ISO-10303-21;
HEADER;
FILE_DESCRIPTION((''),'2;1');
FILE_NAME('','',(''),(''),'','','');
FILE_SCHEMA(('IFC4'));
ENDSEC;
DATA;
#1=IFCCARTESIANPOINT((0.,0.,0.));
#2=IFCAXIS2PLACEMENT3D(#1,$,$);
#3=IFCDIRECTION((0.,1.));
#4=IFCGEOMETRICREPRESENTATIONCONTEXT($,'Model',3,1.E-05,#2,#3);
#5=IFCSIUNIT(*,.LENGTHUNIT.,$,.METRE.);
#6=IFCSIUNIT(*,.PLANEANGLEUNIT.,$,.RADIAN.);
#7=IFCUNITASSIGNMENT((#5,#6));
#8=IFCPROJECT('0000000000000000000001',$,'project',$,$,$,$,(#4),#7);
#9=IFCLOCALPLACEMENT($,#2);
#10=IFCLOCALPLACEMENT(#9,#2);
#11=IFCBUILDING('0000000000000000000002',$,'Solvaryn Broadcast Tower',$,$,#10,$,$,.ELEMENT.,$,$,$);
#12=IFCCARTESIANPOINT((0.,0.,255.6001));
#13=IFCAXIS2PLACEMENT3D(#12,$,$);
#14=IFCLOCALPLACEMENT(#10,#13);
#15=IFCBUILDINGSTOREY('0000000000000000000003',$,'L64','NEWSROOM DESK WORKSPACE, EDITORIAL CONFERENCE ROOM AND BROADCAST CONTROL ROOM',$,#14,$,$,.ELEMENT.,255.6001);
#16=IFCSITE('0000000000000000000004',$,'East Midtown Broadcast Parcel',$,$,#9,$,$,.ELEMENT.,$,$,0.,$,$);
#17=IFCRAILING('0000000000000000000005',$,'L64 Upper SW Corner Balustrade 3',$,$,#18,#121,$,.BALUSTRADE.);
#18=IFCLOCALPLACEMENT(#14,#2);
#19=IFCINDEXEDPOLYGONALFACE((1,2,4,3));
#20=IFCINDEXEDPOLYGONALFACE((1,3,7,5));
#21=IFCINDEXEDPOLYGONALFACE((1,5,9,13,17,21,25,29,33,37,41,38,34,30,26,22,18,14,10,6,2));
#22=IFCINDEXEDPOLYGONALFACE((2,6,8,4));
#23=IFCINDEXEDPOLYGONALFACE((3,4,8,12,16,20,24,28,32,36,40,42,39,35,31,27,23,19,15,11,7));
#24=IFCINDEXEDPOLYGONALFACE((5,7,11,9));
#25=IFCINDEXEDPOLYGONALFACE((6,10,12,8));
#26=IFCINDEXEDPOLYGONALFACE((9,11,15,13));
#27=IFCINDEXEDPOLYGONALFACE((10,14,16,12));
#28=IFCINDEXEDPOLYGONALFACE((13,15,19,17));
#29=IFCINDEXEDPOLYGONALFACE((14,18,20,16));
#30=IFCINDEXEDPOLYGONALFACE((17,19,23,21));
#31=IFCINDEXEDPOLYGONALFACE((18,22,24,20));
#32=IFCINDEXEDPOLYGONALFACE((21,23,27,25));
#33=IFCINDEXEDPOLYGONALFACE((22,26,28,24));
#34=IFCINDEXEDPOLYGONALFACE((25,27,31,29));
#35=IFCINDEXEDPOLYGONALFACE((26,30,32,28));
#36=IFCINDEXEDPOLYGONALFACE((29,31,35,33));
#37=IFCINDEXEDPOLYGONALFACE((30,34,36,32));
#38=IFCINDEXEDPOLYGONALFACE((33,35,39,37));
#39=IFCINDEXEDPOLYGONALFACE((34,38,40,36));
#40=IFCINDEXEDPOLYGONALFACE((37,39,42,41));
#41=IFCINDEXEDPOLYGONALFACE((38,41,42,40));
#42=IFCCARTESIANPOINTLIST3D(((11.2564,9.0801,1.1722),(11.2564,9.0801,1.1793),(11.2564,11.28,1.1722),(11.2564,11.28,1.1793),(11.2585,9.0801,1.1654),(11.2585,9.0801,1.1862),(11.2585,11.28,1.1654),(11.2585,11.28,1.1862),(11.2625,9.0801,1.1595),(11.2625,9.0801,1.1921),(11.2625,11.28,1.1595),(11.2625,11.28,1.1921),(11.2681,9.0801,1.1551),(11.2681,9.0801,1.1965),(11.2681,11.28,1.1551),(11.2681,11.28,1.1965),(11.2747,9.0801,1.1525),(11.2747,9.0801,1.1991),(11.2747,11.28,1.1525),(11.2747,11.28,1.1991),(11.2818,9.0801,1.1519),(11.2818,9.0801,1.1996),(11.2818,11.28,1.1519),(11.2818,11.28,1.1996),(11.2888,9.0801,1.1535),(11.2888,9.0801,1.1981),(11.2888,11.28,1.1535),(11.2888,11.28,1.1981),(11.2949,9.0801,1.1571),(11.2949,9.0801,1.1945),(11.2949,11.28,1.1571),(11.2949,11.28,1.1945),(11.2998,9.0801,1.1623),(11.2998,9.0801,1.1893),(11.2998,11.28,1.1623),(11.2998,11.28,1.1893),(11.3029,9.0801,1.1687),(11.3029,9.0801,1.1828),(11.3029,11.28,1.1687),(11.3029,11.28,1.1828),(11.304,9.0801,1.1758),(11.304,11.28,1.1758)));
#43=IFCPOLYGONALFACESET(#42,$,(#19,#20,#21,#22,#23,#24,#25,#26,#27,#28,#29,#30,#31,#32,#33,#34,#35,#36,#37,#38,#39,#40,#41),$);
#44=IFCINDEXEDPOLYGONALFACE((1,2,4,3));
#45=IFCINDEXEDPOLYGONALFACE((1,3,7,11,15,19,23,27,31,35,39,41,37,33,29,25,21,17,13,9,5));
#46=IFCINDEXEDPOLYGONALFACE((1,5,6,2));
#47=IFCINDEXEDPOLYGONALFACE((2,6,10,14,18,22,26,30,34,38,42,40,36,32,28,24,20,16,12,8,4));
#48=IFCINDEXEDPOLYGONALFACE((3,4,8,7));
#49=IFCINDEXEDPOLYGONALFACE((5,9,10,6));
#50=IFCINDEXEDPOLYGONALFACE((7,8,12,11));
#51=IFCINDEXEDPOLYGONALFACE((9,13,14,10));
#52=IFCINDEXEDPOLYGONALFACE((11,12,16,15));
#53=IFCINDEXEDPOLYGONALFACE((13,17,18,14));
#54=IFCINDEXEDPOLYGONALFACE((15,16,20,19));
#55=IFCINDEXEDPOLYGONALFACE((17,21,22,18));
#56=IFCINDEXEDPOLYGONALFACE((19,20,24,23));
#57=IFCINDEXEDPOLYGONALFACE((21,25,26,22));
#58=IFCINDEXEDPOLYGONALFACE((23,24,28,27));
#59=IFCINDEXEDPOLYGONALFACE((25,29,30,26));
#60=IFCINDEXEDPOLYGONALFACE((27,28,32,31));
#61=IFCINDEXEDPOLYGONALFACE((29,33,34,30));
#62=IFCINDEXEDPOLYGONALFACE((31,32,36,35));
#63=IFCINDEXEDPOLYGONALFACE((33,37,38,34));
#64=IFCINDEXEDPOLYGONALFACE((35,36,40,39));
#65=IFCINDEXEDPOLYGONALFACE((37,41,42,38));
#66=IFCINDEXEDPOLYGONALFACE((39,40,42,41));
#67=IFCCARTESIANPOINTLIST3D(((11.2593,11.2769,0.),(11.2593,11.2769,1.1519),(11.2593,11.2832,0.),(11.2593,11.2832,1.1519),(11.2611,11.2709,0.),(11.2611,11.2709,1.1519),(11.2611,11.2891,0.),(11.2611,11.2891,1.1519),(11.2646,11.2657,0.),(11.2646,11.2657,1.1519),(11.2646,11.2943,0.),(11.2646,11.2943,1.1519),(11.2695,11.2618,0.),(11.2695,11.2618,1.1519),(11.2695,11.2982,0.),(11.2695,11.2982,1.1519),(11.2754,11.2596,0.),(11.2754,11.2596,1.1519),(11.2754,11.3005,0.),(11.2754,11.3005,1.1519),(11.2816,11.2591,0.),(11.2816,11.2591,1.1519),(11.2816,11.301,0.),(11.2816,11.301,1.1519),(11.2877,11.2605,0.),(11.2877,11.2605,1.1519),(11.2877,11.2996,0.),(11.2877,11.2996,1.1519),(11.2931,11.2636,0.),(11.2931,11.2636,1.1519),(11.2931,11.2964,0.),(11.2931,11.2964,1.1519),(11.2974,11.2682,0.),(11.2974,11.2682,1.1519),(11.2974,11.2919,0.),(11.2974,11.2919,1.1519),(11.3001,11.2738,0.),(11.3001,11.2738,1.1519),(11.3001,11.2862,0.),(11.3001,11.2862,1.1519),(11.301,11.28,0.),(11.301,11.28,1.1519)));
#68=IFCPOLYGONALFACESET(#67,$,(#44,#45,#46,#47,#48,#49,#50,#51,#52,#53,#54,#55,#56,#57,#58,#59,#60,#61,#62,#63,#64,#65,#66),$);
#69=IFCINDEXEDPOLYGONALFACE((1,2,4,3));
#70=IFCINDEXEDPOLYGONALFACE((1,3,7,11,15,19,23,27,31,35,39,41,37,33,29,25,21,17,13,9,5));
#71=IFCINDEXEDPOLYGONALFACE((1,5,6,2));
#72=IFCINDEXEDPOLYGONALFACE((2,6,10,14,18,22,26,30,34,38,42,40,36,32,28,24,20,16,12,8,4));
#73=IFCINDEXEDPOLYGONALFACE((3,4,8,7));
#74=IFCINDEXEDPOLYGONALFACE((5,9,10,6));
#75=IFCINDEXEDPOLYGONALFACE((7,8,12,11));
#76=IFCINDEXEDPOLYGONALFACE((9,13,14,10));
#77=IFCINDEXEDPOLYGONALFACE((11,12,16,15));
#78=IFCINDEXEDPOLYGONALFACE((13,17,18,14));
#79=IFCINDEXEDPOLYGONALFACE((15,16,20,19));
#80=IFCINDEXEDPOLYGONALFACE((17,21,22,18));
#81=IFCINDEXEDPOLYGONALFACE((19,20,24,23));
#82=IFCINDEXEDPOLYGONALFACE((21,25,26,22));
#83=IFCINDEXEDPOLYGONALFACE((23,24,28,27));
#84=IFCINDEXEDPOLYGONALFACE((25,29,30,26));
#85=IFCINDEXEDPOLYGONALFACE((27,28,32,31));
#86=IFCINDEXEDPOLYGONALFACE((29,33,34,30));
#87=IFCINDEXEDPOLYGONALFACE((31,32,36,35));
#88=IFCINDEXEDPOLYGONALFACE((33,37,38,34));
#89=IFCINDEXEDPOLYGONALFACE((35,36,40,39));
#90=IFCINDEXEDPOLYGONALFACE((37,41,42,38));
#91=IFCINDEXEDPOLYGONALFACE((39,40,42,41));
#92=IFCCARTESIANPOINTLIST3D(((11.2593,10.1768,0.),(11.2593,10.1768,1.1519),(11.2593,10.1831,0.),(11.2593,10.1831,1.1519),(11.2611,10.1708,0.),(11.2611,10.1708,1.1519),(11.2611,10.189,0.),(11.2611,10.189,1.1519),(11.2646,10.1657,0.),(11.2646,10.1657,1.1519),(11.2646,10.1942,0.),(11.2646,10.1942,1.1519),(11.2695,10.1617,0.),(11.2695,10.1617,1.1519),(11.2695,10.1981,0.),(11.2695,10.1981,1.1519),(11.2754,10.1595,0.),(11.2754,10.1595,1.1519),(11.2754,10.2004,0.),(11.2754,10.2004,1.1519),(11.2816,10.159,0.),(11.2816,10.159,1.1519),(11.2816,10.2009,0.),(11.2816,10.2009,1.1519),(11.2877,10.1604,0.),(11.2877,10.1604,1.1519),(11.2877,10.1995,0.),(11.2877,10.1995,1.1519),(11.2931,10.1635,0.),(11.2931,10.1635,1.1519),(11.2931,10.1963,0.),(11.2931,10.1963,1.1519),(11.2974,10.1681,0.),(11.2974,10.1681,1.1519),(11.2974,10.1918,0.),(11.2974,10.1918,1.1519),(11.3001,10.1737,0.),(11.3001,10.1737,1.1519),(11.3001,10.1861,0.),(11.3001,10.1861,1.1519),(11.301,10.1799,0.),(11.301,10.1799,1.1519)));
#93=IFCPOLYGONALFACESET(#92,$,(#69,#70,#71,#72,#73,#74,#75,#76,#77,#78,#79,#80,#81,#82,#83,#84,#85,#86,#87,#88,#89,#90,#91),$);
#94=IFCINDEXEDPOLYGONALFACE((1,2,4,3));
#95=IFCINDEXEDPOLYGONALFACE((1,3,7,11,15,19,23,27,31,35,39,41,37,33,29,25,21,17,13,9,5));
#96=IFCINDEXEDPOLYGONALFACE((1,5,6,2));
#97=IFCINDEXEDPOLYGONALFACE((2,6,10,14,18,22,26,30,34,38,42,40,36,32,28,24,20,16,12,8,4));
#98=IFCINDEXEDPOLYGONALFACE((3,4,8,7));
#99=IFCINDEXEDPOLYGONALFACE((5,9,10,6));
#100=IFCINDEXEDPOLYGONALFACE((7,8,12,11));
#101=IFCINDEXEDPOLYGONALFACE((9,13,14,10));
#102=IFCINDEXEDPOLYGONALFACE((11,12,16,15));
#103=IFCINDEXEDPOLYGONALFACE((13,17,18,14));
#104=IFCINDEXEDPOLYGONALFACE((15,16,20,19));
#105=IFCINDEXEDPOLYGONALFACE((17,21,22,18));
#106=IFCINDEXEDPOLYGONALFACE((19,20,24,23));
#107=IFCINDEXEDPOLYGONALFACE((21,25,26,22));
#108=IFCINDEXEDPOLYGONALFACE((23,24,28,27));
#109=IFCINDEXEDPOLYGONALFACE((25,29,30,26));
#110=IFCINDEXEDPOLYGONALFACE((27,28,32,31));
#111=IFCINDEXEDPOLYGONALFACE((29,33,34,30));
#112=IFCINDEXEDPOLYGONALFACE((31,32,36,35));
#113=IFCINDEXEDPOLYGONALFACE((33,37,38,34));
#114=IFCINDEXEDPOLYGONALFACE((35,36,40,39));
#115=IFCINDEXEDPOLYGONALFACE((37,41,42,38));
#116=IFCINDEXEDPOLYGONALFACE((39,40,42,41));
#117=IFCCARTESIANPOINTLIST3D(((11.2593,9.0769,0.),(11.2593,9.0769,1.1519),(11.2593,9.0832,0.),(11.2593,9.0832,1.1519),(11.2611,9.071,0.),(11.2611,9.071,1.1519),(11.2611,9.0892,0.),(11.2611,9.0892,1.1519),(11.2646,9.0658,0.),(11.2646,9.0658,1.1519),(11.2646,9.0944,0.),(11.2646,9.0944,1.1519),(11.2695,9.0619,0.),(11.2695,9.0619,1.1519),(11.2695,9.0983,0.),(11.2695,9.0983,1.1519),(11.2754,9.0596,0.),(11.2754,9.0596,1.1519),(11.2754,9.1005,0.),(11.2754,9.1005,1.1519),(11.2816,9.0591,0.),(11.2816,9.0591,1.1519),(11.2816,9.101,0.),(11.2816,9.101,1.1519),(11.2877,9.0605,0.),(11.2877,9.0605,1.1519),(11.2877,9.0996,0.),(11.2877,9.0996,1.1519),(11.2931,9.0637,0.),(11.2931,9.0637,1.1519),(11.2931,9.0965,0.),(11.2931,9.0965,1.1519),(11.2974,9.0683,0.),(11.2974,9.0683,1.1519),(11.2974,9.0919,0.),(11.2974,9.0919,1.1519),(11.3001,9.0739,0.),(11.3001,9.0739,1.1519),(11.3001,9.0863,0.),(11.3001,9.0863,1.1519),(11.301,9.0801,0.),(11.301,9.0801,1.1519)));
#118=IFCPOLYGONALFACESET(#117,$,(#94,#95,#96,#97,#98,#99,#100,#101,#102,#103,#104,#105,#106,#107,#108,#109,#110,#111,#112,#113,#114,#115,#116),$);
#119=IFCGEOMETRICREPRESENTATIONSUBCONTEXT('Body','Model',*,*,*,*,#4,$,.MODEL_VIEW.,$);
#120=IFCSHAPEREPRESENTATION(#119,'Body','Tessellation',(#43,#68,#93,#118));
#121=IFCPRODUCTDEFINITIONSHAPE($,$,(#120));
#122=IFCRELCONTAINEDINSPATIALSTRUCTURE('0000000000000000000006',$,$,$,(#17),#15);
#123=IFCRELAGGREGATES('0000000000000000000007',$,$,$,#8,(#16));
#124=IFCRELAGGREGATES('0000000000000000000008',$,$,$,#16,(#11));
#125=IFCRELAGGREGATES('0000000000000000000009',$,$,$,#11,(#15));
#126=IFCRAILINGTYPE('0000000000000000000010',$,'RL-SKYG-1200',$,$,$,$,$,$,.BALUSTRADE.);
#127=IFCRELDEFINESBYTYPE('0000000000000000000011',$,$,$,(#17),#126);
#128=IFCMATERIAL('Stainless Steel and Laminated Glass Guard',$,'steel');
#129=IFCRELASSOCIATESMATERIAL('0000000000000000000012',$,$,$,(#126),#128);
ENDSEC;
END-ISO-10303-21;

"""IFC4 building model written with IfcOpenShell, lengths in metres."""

from ifc_helpers import new_model, si_unit, direction, frame, origin, origin_2d, place, context, subcontext, project, spatial, circle, extrude, material, type_object, element, save


model = new_model("IFC4")

# Units and contexts
model_context = context("Model", 3, precision=1e-05, world=origin(), true_north=direction((0.0, 1.0)))
body_context = subcontext(model_context, "Body", "Model", "MODEL_VIEW")
ifc_project = project(units=[si_unit("LENGTHUNIT", "METRE"), si_unit("PLANEANGLEUNIT", "RADIAN")], contexts=[model_context])

# Site, building, storey
site_placement = place(None, origin())
site = spatial("IfcSite", under=ifc_project, at=site_placement, Name="East Midtown Broadcast Parcel", CompositionType="ELEMENT", RefElevation=0.0)
building_placement = place(site_placement, origin())
building = spatial("IfcBuilding", under=site, at=building_placement, Name="Solvaryn Broadcast Tower", CompositionType="ELEMENT")
storey_placement = place(building_placement, frame((0.0, 0.0, 255.6001)))
storey = spatial("IfcBuildingStorey", under=building, at=storey_placement, Name="L64", Description="NEWSROOM DESK WORKSPACE, EDITORIAL CONFERENCE ROOM AND BROADCAST CONTROL ROOM", CompositionType="ELEMENT", Elevation=255.6001)

# Railing
ifc_material_1 = material(Name="Stainless Steel and Laminated Glass Guard", Category="steel")
railing_type = type_object("IfcRailingType", Name="RL-SKYG-1200", PredefinedType="BALUSTRADE", material=ifc_material_1)
railing_1_placement = place(storey_placement, frame((11.28, 11.28, 0.0)))
element("IfcRailing", 1, at=railing_1_placement, inside=storey, type_object=railing_type, Name="L64 Upper SW Corner Balustrade 3", PredefinedType="BALUSTRADE", context=body_context, shape_type="SweptSolid", body=[
    extrude(circle(Radius=0.0239, at=origin_2d()), frame((0.0, 0.0, 1.1758), z_axis=(0.0, -1.0, 0.0), x_axis=(1.0, 0.0, 0.0)), (0.0, 0.0, 1.0), 2.2),
    extrude(circle(Radius=0.021, at=origin_2d()), origin(), (0.0, 0.0, 1.0), 1.1519),
    extrude(circle(Radius=0.021, at=origin_2d()), frame((0.0, -1.1001, 0.0)), (0.0, 0.0, 1.0), 1.1519),
    extrude(circle(Radius=0.021, at=origin_2d()), frame((0.0, -2.2, 0.0)), (0.0, 0.0, 1.0), 1.1519),
])

save(model, "model.ifc")
